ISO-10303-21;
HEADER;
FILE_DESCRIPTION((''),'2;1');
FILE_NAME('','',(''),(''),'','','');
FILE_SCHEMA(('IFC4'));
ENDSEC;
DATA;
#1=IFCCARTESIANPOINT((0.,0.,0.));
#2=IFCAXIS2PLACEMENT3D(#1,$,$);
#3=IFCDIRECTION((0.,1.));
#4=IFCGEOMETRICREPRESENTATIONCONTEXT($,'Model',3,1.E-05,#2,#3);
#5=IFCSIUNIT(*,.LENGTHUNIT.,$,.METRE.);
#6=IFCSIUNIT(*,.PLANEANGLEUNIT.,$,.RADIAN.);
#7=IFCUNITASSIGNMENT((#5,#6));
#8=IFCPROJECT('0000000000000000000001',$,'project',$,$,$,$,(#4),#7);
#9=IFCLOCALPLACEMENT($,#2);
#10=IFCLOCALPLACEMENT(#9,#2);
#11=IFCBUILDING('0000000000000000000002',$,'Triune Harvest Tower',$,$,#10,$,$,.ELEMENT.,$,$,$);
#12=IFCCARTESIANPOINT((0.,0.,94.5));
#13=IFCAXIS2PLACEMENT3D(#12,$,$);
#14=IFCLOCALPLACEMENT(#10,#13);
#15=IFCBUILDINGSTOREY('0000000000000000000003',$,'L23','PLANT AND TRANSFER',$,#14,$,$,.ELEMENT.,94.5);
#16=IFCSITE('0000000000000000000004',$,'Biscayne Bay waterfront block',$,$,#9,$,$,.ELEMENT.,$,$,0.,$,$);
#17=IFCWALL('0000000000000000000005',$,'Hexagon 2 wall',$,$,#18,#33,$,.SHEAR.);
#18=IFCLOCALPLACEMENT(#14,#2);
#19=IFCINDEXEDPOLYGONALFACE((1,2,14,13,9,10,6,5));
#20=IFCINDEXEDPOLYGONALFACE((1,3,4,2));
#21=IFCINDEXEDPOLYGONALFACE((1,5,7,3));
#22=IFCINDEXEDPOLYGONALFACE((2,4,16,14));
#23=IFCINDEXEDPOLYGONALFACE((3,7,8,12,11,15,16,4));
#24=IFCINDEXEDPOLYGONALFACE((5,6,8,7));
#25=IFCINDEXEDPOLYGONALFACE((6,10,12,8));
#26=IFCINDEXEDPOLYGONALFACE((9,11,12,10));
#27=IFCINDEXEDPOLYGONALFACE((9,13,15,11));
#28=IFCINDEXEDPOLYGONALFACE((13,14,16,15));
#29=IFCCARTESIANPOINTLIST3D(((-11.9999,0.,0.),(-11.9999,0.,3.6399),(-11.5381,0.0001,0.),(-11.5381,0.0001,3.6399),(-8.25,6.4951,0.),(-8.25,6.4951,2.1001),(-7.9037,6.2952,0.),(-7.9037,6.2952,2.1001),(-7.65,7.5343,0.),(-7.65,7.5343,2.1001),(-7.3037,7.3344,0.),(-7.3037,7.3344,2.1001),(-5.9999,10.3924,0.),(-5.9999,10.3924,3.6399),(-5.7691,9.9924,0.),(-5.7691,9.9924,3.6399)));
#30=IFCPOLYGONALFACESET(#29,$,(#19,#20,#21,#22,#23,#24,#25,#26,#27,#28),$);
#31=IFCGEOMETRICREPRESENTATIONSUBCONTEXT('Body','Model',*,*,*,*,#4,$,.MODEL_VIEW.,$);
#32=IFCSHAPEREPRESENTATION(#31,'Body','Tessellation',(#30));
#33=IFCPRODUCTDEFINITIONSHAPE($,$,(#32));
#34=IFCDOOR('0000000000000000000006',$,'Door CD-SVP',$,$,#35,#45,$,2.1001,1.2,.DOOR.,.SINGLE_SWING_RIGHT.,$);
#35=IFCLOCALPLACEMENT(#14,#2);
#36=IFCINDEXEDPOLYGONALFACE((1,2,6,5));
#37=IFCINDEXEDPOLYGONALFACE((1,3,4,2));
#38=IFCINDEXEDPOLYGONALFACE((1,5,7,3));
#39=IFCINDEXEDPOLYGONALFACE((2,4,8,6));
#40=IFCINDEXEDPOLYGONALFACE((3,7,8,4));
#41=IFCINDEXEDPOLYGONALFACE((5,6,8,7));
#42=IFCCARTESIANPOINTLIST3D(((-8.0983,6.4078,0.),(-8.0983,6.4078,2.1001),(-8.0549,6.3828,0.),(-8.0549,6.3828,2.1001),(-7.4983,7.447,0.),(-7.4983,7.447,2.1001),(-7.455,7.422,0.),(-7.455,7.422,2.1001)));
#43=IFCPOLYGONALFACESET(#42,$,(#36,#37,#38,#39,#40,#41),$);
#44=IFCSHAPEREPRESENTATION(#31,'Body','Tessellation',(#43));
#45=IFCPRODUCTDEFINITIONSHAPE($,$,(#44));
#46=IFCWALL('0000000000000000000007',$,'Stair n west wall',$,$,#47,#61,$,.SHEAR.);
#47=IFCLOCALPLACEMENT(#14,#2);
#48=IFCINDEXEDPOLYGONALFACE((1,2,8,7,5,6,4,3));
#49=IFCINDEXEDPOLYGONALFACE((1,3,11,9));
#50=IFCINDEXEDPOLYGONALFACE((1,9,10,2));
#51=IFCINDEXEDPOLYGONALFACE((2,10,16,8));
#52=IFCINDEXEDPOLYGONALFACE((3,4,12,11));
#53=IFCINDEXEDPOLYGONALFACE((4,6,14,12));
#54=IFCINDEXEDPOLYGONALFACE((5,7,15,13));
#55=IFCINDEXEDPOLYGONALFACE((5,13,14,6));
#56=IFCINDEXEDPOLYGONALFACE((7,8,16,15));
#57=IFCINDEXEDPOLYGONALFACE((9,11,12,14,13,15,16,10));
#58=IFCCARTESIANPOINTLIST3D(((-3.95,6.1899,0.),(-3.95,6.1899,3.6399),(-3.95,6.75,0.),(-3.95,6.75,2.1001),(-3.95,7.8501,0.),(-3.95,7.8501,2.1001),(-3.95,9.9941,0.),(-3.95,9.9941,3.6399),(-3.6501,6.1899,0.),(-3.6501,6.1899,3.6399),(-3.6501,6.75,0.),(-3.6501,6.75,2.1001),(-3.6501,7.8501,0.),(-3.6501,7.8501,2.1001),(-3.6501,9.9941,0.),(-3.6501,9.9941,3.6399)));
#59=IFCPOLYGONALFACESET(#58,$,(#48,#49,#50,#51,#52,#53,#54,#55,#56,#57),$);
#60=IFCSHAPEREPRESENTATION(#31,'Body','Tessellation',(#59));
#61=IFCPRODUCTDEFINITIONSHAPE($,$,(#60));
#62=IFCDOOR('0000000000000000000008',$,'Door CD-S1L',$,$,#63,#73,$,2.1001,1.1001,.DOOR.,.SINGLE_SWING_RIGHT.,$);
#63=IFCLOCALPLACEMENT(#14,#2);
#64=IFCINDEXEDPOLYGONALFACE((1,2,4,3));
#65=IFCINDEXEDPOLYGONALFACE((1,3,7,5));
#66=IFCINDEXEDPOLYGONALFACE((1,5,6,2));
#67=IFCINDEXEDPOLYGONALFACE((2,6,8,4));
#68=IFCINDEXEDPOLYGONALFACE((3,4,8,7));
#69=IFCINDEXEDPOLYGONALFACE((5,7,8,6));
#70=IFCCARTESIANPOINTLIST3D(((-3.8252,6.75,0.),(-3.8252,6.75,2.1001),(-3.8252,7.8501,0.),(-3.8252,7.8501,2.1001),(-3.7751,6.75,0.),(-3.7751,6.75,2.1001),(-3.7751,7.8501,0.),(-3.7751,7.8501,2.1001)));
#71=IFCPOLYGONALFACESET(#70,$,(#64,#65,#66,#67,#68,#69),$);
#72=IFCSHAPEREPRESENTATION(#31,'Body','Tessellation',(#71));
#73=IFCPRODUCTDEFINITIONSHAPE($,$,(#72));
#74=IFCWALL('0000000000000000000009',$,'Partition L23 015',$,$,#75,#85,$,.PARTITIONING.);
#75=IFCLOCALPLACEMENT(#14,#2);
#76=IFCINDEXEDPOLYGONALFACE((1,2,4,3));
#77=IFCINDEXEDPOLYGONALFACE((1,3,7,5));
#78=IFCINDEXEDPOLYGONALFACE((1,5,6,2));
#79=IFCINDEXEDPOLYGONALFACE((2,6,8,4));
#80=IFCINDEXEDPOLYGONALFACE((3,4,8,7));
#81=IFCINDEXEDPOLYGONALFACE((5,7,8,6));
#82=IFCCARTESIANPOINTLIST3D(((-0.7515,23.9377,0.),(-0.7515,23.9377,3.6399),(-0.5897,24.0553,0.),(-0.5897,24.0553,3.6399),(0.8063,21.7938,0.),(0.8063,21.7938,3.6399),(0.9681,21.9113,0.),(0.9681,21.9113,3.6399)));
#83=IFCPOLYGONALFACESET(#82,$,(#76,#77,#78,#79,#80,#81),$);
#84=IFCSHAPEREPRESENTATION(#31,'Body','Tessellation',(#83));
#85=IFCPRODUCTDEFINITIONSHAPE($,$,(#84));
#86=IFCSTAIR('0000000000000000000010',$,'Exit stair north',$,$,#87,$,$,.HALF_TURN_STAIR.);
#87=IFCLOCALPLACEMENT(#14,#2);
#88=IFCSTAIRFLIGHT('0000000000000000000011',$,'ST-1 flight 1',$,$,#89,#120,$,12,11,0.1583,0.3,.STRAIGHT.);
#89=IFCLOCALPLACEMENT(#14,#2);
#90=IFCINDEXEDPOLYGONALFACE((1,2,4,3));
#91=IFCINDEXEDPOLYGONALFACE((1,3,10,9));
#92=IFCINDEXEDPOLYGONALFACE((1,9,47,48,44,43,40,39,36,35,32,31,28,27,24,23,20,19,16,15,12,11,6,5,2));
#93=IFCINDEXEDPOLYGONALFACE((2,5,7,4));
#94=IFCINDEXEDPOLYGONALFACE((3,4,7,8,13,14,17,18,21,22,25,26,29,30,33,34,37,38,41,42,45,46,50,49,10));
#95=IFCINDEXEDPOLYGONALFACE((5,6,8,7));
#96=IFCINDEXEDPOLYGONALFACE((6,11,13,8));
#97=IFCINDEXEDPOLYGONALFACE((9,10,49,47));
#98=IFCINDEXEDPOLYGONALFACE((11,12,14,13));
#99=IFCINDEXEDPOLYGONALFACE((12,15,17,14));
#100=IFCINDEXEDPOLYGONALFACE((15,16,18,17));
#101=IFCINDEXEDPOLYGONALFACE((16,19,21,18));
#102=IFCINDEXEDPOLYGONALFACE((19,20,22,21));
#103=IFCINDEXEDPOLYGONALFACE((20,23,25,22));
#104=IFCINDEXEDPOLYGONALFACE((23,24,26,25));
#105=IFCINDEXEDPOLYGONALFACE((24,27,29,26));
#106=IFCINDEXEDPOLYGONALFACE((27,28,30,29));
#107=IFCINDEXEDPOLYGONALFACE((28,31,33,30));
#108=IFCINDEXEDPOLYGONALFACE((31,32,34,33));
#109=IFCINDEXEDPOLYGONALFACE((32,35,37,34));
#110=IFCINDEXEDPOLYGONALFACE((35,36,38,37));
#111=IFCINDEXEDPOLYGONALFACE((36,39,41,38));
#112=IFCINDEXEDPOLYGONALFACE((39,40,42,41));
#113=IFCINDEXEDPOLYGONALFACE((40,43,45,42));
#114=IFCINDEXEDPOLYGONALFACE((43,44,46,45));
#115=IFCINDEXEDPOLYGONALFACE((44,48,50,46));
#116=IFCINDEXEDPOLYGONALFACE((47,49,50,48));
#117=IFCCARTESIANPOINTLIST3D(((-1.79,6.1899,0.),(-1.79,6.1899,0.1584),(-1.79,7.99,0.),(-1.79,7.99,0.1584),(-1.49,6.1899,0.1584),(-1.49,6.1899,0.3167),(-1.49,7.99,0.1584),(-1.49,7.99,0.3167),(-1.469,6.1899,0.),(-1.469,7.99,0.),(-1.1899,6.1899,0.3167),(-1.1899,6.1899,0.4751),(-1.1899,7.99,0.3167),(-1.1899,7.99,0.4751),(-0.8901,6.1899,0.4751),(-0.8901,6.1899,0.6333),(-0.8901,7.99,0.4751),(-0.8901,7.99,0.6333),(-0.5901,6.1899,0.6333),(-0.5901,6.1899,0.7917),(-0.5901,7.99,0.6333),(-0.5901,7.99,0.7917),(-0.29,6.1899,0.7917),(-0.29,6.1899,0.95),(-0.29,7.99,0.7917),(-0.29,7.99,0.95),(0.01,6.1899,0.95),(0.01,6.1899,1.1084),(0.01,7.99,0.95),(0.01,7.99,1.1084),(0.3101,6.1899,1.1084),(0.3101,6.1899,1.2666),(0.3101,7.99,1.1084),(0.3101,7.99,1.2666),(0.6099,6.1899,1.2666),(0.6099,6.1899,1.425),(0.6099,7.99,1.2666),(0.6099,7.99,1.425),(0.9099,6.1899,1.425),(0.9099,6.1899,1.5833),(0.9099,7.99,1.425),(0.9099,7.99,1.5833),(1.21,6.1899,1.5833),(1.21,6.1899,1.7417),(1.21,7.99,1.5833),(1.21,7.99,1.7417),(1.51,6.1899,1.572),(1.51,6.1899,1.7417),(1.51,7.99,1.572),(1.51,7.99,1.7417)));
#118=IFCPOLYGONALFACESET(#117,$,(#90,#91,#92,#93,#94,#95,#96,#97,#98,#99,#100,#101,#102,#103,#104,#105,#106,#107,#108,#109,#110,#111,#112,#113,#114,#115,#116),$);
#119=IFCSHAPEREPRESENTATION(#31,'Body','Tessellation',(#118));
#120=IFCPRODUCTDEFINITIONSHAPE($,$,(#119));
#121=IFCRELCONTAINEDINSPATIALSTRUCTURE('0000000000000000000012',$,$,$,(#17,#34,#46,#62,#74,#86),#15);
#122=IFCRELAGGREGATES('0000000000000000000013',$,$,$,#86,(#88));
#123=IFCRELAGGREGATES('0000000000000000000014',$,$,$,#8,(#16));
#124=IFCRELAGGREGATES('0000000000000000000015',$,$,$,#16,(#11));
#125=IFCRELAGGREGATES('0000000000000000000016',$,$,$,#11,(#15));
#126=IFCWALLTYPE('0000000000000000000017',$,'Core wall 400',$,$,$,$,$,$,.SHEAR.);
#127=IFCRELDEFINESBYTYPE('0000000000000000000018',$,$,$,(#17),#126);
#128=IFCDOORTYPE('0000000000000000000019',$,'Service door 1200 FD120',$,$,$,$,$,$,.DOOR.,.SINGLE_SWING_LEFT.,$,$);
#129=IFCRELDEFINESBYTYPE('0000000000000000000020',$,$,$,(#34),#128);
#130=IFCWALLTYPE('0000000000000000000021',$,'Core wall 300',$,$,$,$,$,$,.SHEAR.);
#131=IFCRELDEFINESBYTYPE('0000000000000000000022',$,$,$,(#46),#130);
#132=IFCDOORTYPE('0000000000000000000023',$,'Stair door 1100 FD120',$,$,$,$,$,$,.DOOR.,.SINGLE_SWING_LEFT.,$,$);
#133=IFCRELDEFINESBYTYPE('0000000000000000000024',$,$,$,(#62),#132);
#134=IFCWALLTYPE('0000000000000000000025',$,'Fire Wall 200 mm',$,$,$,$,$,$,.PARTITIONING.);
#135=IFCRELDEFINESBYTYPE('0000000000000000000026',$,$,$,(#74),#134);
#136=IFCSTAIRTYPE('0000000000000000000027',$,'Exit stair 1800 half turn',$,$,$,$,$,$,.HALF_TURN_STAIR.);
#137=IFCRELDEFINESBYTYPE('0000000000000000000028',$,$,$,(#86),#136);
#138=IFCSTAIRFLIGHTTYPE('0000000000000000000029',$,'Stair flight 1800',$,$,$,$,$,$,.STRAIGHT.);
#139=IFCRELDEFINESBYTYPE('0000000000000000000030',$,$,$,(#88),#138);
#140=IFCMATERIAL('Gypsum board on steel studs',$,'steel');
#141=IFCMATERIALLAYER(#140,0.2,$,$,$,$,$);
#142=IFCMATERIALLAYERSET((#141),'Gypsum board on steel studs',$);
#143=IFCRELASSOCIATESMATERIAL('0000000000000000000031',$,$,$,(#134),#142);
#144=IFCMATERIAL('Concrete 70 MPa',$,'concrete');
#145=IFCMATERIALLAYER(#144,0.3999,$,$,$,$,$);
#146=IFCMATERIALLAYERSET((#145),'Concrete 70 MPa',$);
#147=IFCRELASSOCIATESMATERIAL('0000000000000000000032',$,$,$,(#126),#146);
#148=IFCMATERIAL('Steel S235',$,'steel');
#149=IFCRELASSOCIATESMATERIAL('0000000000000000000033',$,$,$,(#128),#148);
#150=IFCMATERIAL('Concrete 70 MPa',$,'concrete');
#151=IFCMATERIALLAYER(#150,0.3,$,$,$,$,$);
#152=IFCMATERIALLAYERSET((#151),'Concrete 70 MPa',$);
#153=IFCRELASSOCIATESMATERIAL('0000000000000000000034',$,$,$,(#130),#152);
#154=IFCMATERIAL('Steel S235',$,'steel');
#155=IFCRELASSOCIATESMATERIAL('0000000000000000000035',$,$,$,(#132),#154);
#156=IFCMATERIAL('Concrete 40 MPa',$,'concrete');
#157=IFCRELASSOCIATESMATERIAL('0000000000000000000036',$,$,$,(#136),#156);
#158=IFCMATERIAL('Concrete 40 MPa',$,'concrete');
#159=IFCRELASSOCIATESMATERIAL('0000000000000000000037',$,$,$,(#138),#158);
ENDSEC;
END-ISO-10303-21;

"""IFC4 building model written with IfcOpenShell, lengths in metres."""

from ifc_helpers import new_model, si_unit, direction, frame, frame_2d, origin, place, context, subcontext, project, spatial, polyline, rectangle, outline, extrude, source, transform, mapped, material, layer, layer_set, type_object, element, fill, aggregate, save


model = new_model("IFC4")

# Units and contexts
model_context = context("Model", 3, precision=1e-05, world=origin(), true_north=direction((0.0, 1.0)))
body_context = subcontext(model_context, "Body", "Model", "MODEL_VIEW")
ifc_project = project(units=[si_unit("LENGTHUNIT", "METRE"), si_unit("PLANEANGLEUNIT", "RADIAN")], contexts=[model_context])

# Site, building, storey
site_placement = place(None, origin())
site = spatial("IfcSite", under=ifc_project, at=site_placement, Name="Biscayne Bay waterfront block", CompositionType="ELEMENT", RefElevation=0.0)
building_placement = place(site_placement, origin())
building = spatial("IfcBuilding", under=site, at=building_placement, Name="Triune Harvest Tower", CompositionType="ELEMENT")
storey_placement = place(building_placement, frame((0.0, 0.0, 94.5)))
storey = spatial("IfcBuildingStorey", under=building, at=storey_placement, Name="L23", Description="PLANT AND TRANSFER", CompositionType="ELEMENT", Elevation=94.5)

# Shared definitions
ifc_material_1 = material(Name="Gypsum board on steel studs", Category="steel")
ifc_layer_1 = layer(ifc_material_1, 0.2)
ifc_layer_set_1 = layer_set([ifc_layer_1], Name="Gypsum board on steel studs")
wall_type_1 = type_object("IfcWallType", Name="Fire Wall 200 mm", PredefinedType="PARTITIONING", material=ifc_layer_set_1)

# Walls, openings, doors
ifc_material_2 = material(Name="Concrete 70 MPa", Category="concrete")
ifc_layer_2 = layer(ifc_material_2, 0.3999)
ifc_layer_set_2 = layer_set([ifc_layer_2], Name="Concrete 70 MPa")
wall_type_2 = type_object("IfcWallType", Name="Core wall 400", PredefinedType="SHEAR", material=ifc_layer_set_2)
shared_shape_1 = source(origin(), body_context, "Body", "SweptSolid", [
    extrude(outline(polyline([(-0.1155, -0.2), (11.8845, -0.2), (11.6536, 0.2), (0.1155, 0.2), (-0.1155, -0.2)])), origin(), (0.0, 0.0, 1.0), 3.6399),
])
wall_1_placement = place(storey_placement, frame((-5.8845, 10.1924, 0.0), z_axis=(0.0, 0.0, 1.0), x_axis=(-0.499997, -0.866027, 0.0)))
wall_1 = element("IfcWall", 1, at=wall_1_placement, inside=storey, type_object=wall_type_2, Name="Hexagon 2 wall", PredefinedType="SHEAR", context=body_context, shape_type="MappedRepresentation", body=[
    mapped(shared_shape_1, transform((0.0, 0.0, 0.0), scale=1.0)),
])
opening_1_placement = place(wall_1_placement, frame((3.1846, 0.0, 0.0)))
opening_1 = element("IfcOpeningElement", 2, at=opening_1_placement, cuts=wall_1, PredefinedType="OPENING", context=body_context, shape_type="SweptSolid", body=[
    extrude(rectangle(XDim=1.2, YDim=2.1001, at=frame_2d((0.6001, 1.05))), frame((0.0, 0.21, 0.0), z_axis=(0.0, -1.0, 0.0), x_axis=(1.0, 0.0, 0.0)), (0.0, 0.0, 1.0), 0.4199),
])
ifc_material_3 = material(Name="Steel S235", Category="steel")
door_type_1 = type_object("IfcDoorType", Name="Service door 1200 FD120", OperationType="SINGLE_SWING_LEFT", PredefinedType="DOOR", material=ifc_material_3)
door_1_placement = place(opening_1_placement, frame((1.2, 0.0, 0.0), z_axis=(0.0, 0.0, 1.0), x_axis=(-1.0, 0.0, 0.0)))
door_1 = element("IfcDoor", 3, at=door_1_placement, inside=storey, type_object=door_type_1, Name="Door CD-SVP", OperationType="SINGLE_SWING_RIGHT", OverallHeight=2.1001, OverallWidth=1.2, PredefinedType="DOOR", context=body_context, shape_type="SweptSolid", body=[
    extrude(rectangle(XDim=1.2, YDim=2.1001, at=frame_2d((0.6001, 1.05))), frame((0.0, 0.0249, 0.0), z_axis=(0.0, -1.0, 0.0), x_axis=(1.0, 0.0, 0.0)), (0.0, 0.0, 1.0), 0.05),
])
fill(opening_1, door_1)
ifc_material_4 = material(Name="Concrete 70 MPa", Category="concrete")
ifc_layer_3 = layer(ifc_material_4, 0.3)
ifc_layer_set_3 = layer_set([ifc_layer_3], Name="Concrete 70 MPa")
wall_type_3 = type_object("IfcWallType", Name="Core wall 300", PredefinedType="SHEAR", material=ifc_layer_set_3)
shared_shape_2 = source(origin(), body_context, "Body", "SweptSolid", [
    extrude(outline(polyline([(0.0, -0.1499), (0.0, 0.1499), (3.8042, 0.1499), (3.8042, -0.1499), (0.0, -0.1499)])), origin(), (0.0, 0.0, 1.0), 3.6399),
])
wall_2_placement = place(storey_placement, frame((-3.8, 6.1899, 0.0), z_axis=(0.0, 0.0, 1.0), x_axis=(0.0, 1.0, 0.0)))
wall_2 = element("IfcWall", 4, at=wall_2_placement, inside=storey, type_object=wall_type_3, Name="Stair n west wall", PredefinedType="SHEAR", context=body_context, shape_type="MappedRepresentation", body=[
    mapped(shared_shape_2, transform((0.0, 0.0, 0.0), scale=1.0)),
])
opening_2_placement = place(wall_2_placement, frame((0.5601, 0.0, 0.0)))
opening_2 = element("IfcOpeningElement", 5, at=opening_2_placement, cuts=wall_2, PredefinedType="OPENING", context=body_context, shape_type="SweptSolid", body=[
    extrude(rectangle(XDim=1.1001, YDim=2.1001, at=frame_2d((0.55, 1.05))), frame((0.0, 0.1602, 0.0), z_axis=(0.0, -1.0, 0.0), x_axis=(1.0, 0.0, 0.0)), (0.0, 0.0, 1.0), 0.3201),
])
ifc_material_5 = material(Name="Steel S235", Category="steel")
door_type_2 = type_object("IfcDoorType", Name="Stair door 1100 FD120", OperationType="SINGLE_SWING_LEFT", PredefinedType="DOOR", material=ifc_material_5)
door_2_placement = place(opening_2_placement, frame((1.1001, 0.0, 0.0), z_axis=(0.0, 0.0, 1.0), x_axis=(-1.0, 0.0, 0.0)))
door_2 = element("IfcDoor", 6, at=door_2_placement, inside=storey, type_object=door_type_2, Name="Door CD-S1L", OperationType="SINGLE_SWING_RIGHT", OverallHeight=2.1001, OverallWidth=1.1001, PredefinedType="DOOR", context=body_context, shape_type="SweptSolid", body=[
    extrude(rectangle(XDim=1.1001, YDim=2.1001, at=frame_2d((0.55, 1.05))), frame((0.0, 0.0249, 0.0), z_axis=(0.0, -1.0, 0.0), x_axis=(1.0, 0.0, 0.0)), (0.0, 0.0, 1.0), 0.05),
])
fill(opening_2, door_2)

# Wall
shared_shape_3 = source(origin(), body_context, "Body", "SweptSolid", [
    extrude(rectangle(XDim=2.6501, YDim=0.2, at=frame_2d((1.3252, 0.0))), origin(), (0.0, 0.0, 1.0), 3.6399),
])
wall_3_placement = place(storey_placement, frame((-0.6707, 23.9966, 0.0), z_axis=(0.0, 0.0, 1.0), x_axis=(0.587816, -0.808995, 0.0)))
element("IfcWall", 7, at=wall_3_placement, inside=storey, type_object=wall_type_1, Name="Partition L23 015", PredefinedType="PARTITIONING", context=body_context, shape_type="MappedRepresentation", body=[
    mapped(shared_shape_3, transform((0.0, 0.0, 0.0), scale=1.0)),
])

# Stair, stair flight
ifc_material_6 = material(Name="Concrete 40 MPa", Category="concrete")
stair_type = type_object("IfcStairType", Name="Exit stair 1800 half turn", PredefinedType="HALF_TURN_STAIR", material=ifc_material_6)
stair_placement = place(storey_placement, origin())
stair = element("IfcStair", 8, at=stair_placement, inside=storey, type_object=stair_type, Name="Exit stair north", PredefinedType="HALF_TURN_STAIR")
ifc_material_7 = material(Name="Concrete 40 MPa", Category="concrete")
stair_flight_type = type_object("IfcStairFlightType", Name="Stair flight 1800", PredefinedType="STRAIGHT", material=ifc_material_7)
shared_shape_4 = source(origin(), body_context, "Body", "SweptSolid", [
    extrude(outline(polyline([(0.0, 0.0), (0.0, 0.1584), (0.3, 0.1584), (0.3, 0.3167), (0.6001, 0.3167), (0.6001, 0.4751), (0.8999, 0.4751), (0.8999, 0.6333), (1.2, 0.6333), (1.2, 0.7917), (1.5, 0.7917), (1.5, 0.95), (1.8, 0.95), (1.8, 1.1084), (2.1001, 1.1084), (2.1001, 1.2666), (2.3999, 1.2666), (2.3999, 1.425), (2.7, 1.425), (2.7, 1.5833), (3.0, 1.5833), (3.0, 1.7417), (3.3, 1.7417), (3.3, 1.8999), (3.3, 1.572), (0.321, 0.0), (0.0, 0.0)])), frame((0.0, 0.8999, 0.0), z_axis=(0.0, -1.0, 0.0), x_axis=(1.0, 0.0, 0.0)), (0.0, 0.0, 1.0), 1.8),
])
stair_flight_placement = place(storey_placement, frame((-1.79, 7.0901, 0.0), z_axis=(0.0, 0.0, 1.0), x_axis=(1.0, 0.0, 0.0)))
stair_flight = element("IfcStairFlight", 9, at=stair_flight_placement, type_object=stair_flight_type, Name="ST-1 flight 1", NumberOfRisers=12, NumberOfTreads=11, PredefinedType="STRAIGHT", RiserHeight=0.1583, TreadLength=0.3, context=body_context, shape_type="MappedRepresentation", body=[
    mapped(shared_shape_4, transform((0.0, 0.0, 0.0), scale=1.0)),
])
aggregate(stair, [stair_flight])

save(model, "model.ifc")
